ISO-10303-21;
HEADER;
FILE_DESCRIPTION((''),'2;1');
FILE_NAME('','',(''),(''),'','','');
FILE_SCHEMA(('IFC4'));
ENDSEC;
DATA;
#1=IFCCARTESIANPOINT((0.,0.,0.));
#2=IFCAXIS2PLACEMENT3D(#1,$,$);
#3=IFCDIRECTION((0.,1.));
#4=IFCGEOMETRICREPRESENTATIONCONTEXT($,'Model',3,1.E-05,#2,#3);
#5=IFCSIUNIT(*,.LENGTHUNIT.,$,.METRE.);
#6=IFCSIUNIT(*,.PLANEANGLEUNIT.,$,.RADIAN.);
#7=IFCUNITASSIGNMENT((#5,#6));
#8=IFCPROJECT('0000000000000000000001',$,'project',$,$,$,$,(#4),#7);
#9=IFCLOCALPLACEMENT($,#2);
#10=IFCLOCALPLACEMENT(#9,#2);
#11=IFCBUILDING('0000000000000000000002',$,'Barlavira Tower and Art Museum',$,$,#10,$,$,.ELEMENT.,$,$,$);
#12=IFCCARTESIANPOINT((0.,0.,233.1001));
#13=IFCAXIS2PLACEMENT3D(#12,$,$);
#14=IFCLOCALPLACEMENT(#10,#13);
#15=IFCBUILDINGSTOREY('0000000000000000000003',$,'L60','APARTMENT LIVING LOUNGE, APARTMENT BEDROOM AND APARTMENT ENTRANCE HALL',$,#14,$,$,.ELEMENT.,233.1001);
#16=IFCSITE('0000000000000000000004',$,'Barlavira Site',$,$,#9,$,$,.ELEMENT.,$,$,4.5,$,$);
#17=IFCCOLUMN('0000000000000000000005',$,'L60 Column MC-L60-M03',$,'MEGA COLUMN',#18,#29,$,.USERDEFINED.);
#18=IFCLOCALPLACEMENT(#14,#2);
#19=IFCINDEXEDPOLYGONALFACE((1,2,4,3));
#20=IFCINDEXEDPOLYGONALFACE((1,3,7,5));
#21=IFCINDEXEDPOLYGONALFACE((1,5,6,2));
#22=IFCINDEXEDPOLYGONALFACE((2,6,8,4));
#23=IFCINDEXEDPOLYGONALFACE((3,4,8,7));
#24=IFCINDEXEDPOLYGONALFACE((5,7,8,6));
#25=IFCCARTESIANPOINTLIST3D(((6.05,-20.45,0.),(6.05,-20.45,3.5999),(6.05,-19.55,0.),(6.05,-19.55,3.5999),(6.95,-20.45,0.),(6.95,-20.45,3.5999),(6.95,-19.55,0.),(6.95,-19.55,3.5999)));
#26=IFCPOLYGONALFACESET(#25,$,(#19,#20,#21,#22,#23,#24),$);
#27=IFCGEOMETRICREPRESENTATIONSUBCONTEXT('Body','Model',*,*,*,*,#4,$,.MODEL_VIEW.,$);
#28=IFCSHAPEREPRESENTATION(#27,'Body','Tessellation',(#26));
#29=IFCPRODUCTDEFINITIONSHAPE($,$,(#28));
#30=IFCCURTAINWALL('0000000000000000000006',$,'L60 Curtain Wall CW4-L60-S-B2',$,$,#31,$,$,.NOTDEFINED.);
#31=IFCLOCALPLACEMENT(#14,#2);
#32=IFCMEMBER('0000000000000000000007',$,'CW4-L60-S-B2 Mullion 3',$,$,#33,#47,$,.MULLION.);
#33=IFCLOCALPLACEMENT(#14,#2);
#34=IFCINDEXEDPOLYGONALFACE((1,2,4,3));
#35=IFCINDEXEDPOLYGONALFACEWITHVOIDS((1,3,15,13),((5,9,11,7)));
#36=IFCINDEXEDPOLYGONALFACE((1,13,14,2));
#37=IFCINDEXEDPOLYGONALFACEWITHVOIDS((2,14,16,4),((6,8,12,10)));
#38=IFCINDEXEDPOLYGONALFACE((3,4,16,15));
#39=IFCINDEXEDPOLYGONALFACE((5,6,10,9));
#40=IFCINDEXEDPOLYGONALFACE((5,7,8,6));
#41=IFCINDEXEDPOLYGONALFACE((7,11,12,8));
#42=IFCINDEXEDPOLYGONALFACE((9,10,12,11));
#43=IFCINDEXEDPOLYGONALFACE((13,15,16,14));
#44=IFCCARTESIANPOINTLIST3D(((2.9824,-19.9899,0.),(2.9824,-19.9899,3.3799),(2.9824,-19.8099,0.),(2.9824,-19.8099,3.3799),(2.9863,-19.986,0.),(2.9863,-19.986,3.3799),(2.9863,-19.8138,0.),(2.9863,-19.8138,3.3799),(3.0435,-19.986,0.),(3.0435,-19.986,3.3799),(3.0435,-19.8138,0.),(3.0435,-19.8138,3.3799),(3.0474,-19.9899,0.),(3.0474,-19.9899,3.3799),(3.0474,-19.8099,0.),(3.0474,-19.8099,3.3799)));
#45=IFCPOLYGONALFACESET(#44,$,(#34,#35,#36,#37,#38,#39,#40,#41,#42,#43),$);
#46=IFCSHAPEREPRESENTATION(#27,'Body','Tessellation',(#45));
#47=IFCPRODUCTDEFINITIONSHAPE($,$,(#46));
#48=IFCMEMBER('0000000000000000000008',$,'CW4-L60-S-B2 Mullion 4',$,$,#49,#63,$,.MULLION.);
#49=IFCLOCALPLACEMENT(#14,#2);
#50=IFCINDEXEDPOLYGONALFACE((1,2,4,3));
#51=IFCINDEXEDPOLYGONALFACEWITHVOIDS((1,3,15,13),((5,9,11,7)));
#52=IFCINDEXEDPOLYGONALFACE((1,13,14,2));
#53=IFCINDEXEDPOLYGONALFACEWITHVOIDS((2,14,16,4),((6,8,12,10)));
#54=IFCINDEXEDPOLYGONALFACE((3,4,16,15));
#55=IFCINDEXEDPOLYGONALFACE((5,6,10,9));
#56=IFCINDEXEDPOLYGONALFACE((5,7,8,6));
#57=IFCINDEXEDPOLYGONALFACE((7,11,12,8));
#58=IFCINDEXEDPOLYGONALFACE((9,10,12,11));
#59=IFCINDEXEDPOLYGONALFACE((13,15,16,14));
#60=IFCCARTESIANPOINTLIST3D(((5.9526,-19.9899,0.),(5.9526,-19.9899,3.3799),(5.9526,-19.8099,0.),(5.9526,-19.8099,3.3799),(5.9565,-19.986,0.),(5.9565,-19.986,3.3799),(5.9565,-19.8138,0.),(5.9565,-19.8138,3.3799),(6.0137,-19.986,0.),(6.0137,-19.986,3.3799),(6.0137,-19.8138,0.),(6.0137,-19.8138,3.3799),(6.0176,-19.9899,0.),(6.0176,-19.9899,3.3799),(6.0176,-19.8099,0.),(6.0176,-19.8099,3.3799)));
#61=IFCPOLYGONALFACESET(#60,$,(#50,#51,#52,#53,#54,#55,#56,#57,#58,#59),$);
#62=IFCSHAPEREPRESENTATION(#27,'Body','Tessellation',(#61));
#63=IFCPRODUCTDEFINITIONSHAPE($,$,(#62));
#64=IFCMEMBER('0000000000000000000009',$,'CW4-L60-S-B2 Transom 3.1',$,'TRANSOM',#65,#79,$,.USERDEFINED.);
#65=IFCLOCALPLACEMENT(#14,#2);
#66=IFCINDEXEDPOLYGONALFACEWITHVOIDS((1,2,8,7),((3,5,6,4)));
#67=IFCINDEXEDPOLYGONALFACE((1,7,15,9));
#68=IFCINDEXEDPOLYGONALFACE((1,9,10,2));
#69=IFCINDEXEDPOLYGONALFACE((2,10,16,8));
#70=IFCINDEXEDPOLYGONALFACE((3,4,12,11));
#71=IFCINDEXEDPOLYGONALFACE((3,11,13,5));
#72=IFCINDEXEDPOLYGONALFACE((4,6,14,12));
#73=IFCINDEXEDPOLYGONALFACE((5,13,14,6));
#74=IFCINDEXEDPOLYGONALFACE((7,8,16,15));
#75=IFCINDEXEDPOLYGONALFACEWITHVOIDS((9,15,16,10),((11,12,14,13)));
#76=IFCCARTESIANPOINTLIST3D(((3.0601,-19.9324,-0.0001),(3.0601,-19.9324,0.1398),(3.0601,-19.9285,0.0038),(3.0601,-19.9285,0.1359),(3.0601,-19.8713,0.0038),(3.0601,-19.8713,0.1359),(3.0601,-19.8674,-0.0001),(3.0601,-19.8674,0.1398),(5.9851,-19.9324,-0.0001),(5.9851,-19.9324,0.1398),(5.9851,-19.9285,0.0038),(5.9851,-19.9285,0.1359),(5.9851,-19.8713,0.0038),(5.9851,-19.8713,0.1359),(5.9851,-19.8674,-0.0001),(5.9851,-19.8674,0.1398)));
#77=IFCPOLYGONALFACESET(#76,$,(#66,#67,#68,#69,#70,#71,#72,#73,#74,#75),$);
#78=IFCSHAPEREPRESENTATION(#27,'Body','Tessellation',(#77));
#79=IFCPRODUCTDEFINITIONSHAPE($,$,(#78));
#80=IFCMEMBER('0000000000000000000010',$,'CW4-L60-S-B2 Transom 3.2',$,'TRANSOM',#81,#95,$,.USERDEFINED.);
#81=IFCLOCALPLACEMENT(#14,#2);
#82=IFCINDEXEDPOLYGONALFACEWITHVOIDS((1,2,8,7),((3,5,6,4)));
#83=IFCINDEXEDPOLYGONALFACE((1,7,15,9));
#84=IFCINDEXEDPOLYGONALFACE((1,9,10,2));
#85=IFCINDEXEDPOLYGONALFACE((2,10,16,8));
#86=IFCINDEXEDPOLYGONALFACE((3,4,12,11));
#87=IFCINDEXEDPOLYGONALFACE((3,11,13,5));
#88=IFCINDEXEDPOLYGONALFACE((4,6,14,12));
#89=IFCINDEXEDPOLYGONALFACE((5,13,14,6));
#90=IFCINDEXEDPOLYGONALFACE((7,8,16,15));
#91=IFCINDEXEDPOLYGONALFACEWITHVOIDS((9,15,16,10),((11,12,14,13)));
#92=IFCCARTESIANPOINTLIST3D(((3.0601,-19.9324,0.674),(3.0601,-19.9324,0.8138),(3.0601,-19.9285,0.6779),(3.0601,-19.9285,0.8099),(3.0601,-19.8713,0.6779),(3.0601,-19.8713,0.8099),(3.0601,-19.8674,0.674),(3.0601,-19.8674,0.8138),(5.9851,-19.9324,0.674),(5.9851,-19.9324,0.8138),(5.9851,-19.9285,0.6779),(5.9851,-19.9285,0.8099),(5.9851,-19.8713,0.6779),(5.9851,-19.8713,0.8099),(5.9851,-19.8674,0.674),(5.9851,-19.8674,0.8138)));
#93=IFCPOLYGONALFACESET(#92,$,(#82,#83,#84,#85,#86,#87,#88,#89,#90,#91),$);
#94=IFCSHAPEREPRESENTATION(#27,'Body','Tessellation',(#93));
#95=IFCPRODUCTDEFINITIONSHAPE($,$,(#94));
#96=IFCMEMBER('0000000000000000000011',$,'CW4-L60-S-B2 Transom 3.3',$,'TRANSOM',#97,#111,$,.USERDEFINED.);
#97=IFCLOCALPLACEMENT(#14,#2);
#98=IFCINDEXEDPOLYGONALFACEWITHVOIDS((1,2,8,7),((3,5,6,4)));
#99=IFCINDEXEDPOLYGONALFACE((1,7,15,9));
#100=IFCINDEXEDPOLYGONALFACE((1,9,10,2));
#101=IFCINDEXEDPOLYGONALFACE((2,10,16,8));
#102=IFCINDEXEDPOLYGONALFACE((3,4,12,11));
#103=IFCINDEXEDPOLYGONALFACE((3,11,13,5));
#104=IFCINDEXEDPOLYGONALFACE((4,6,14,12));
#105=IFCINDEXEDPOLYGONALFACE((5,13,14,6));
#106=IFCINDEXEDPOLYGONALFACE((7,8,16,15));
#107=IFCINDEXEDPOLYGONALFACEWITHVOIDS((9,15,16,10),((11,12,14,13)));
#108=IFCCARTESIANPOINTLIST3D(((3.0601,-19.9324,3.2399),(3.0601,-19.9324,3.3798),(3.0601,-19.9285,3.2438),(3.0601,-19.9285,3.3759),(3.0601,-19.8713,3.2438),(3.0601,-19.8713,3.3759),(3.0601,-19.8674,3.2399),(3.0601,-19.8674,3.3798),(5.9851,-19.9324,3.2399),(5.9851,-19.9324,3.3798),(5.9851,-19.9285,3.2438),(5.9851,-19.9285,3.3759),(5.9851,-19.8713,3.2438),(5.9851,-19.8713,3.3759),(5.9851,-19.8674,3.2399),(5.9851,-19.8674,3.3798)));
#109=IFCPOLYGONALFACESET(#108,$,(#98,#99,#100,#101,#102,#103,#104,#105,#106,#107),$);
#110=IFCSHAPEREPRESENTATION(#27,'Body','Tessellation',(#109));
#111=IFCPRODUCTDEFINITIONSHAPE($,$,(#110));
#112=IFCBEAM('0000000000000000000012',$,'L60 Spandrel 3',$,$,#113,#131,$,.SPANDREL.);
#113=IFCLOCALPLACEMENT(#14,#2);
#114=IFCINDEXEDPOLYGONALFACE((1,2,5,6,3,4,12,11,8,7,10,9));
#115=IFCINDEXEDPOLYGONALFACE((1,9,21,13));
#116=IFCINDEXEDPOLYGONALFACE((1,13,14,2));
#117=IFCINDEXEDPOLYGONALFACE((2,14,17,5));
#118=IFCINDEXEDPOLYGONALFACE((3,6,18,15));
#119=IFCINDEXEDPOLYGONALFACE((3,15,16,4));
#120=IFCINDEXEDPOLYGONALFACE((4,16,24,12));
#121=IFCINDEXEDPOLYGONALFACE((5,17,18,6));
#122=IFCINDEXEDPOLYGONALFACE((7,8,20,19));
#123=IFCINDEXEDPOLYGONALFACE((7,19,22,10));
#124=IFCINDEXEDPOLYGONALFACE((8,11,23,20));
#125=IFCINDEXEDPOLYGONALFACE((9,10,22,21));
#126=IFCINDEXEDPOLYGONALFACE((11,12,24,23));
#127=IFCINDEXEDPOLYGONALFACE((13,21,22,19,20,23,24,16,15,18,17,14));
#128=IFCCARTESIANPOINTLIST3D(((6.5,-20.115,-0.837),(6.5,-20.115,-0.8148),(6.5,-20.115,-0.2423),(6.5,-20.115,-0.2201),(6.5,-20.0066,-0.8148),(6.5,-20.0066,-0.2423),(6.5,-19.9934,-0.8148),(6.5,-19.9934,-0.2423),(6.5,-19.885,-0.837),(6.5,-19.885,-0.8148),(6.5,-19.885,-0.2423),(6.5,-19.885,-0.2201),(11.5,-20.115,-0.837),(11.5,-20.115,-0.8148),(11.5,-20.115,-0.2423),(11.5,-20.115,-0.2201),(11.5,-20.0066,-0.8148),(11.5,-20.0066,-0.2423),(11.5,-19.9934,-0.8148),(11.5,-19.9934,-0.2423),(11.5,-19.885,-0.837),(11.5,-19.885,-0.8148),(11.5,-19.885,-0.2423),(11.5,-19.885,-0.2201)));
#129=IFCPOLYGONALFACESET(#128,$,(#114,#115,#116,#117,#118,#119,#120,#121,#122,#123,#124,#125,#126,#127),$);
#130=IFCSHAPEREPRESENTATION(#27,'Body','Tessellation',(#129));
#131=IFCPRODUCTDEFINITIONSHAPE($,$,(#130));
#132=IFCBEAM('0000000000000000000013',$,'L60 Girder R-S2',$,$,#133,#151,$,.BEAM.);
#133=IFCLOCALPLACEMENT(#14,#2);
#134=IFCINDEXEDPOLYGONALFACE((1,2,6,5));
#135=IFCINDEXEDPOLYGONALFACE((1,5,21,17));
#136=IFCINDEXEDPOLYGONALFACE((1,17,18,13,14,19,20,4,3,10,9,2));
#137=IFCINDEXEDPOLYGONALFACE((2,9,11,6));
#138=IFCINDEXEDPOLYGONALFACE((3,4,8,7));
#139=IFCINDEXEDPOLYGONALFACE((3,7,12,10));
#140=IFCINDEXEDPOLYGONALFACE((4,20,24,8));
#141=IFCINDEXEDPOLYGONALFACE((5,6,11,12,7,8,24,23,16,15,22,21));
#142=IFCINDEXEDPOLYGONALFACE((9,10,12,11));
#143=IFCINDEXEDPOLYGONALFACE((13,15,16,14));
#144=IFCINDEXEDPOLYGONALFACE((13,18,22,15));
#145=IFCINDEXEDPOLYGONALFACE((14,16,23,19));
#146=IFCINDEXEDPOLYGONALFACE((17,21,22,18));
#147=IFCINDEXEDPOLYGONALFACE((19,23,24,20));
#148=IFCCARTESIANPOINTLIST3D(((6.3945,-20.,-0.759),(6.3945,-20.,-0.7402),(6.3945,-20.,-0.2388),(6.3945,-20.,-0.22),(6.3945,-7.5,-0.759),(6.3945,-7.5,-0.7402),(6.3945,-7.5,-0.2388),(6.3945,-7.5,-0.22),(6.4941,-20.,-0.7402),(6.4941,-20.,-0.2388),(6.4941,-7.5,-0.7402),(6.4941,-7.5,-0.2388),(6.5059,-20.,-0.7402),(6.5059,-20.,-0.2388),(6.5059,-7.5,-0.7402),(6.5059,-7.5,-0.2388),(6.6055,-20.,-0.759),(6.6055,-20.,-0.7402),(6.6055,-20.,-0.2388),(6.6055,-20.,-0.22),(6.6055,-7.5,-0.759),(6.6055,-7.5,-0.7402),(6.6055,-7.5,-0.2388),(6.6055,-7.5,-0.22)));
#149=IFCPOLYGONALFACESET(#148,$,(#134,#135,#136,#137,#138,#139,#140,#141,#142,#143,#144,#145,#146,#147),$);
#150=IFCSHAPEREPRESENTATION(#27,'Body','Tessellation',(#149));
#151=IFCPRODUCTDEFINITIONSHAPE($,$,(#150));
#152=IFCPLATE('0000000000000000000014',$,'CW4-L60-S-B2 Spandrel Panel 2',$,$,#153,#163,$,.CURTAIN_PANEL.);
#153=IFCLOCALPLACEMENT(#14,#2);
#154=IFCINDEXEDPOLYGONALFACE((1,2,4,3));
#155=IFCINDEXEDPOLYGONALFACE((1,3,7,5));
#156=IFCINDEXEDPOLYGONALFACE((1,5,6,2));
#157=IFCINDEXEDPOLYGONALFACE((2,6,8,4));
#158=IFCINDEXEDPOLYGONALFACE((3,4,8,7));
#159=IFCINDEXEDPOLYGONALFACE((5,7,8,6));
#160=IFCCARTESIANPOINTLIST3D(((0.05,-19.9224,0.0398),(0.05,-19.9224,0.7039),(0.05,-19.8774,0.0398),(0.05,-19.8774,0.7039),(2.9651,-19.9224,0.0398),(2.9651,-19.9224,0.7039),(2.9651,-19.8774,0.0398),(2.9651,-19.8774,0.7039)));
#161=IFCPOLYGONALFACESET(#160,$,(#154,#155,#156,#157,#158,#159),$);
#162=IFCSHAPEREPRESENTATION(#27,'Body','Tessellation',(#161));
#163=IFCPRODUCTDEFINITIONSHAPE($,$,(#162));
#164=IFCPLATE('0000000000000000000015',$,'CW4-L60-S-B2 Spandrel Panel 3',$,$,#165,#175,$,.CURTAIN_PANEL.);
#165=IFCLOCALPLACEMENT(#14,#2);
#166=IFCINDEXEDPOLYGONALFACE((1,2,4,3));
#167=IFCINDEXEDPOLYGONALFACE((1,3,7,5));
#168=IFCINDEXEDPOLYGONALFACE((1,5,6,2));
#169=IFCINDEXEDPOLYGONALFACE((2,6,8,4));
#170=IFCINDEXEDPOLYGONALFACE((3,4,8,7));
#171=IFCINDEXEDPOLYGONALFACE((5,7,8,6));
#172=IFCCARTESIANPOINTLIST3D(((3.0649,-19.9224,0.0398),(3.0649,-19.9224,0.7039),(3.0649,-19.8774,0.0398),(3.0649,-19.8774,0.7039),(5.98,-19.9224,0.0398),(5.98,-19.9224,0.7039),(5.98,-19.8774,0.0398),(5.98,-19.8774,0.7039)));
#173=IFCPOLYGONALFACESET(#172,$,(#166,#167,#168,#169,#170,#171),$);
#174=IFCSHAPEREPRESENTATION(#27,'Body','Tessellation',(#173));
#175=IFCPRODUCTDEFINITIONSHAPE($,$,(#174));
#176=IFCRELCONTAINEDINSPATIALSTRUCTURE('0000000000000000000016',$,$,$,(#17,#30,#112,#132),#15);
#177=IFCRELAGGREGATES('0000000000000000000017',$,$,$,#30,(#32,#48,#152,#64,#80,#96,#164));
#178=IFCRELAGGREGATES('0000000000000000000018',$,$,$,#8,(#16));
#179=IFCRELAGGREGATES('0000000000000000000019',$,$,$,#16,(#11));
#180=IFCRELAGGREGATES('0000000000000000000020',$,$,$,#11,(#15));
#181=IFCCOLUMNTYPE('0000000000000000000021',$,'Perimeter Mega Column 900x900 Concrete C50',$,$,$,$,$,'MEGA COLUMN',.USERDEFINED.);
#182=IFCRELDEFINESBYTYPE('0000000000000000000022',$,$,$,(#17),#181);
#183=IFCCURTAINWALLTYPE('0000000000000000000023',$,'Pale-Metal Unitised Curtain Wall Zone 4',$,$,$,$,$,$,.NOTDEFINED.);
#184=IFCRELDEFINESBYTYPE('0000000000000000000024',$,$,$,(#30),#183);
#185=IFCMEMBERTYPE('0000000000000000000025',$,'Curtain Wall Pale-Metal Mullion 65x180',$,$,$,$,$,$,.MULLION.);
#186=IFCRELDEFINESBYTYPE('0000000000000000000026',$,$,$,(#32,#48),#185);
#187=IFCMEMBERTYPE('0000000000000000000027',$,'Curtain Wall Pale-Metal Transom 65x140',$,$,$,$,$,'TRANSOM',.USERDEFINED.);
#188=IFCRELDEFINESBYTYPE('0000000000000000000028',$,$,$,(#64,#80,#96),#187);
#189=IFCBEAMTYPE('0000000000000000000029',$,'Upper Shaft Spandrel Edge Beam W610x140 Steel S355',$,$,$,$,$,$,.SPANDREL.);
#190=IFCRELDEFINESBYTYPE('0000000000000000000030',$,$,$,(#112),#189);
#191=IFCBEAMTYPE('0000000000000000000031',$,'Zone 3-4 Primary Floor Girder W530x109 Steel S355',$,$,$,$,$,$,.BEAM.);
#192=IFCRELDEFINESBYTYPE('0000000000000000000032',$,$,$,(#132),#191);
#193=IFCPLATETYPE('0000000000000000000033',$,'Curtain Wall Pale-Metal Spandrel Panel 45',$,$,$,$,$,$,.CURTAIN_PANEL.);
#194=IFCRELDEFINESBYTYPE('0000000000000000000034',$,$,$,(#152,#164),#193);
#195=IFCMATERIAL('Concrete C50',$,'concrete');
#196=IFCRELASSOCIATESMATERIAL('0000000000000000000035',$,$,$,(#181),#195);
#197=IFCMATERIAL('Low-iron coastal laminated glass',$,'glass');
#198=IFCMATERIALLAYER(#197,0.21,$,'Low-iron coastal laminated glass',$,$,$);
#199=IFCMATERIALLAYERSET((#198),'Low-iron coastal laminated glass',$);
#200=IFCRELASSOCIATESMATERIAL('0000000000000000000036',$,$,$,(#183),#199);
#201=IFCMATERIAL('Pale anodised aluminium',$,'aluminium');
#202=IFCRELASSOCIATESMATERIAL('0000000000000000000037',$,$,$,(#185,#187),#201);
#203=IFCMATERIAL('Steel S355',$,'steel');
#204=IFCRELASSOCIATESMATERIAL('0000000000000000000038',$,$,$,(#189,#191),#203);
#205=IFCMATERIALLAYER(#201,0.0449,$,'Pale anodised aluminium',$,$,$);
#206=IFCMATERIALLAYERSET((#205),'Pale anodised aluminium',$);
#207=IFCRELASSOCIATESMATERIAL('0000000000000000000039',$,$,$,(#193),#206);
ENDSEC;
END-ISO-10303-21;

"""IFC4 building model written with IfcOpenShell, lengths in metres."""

from ifc_helpers import new_model, si_unit, direction, frame, origin, origin_2d, place, context, subcontext, project, spatial, rectangle, hollow_rectangle, i_section, extrude, material, layer, layer_set, material_profile, profile_set, type_object, element, aggregate, save


model = new_model("IFC4")

# Units and contexts
model_context = context("Model", 3, precision=1e-05, world=origin(), true_north=direction((0.0, 1.0)))
body_context = subcontext(model_context, "Body", "Model", "MODEL_VIEW")
ifc_project = project(units=[si_unit("LENGTHUNIT", "METRE"), si_unit("PLANEANGLEUNIT", "RADIAN")], contexts=[model_context])

# Site, building, storey
site_placement = place(None, origin())
site = spatial("IfcSite", under=ifc_project, at=site_placement, Name="Barlavira Site", CompositionType="ELEMENT", RefElevation=4.5)
building_placement = place(site_placement, origin())
building = spatial("IfcBuilding", under=site, at=building_placement, Name="Barlavira Tower and Art Museum", CompositionType="ELEMENT")
storey_placement = place(building_placement, frame((0.0, 0.0, 233.1001)))
storey = spatial("IfcBuildingStorey", under=building, at=storey_placement, Name="L60", Description="APARTMENT LIVING LOUNGE, APARTMENT BEDROOM AND APARTMENT ENTRANCE HALL", CompositionType="ELEMENT", Elevation=233.1001)

# Column
ifc_material_1 = material(Name="Concrete C50", Category="concrete")
ifc_material_profile_1 = material_profile(ifc_material_1, rectangle(XDim=0.8999, YDim=0.8999, at=origin_2d()), Name="RC-COL 900x900")
ifc_profile_set_1 = profile_set([ifc_material_profile_1], Name="Concrete C50")
column_type = type_object("IfcColumnType", Name="Perimeter Mega Column 900x900 Concrete C50", ElementType="MEGA COLUMN", PredefinedType="USERDEFINED", material=ifc_profile_set_1)
column_placement = place(storey_placement, frame((6.5, -20.0, 0.0), z_axis=(0.0, 0.0, 1.0), x_axis=(1.0, 0.0, 0.0)))
element("IfcColumn", 1, at=column_placement, inside=storey, type_object=column_type, Name="L60 Column MC-L60-M03", ObjectType="MEGA COLUMN", PredefinedType="USERDEFINED", context=body_context, shape_type="SweptSolid", body=[
    extrude(rectangle(XDim=0.8999, YDim=0.8999, at=origin_2d()), origin(), (0.0, 0.0, 1.0), 3.5999),
])

# Curtain wall, members
ifc_material_2 = material(Name="Low-iron coastal laminated glass", Category="glass")
ifc_layer_1 = layer(ifc_material_2, 0.21, Name="Low-iron coastal laminated glass")
ifc_layer_set_1 = layer_set([ifc_layer_1], Name="Low-iron coastal laminated glass")
curtain_wall_type = type_object("IfcCurtainWallType", Name="Pale-Metal Unitised Curtain Wall Zone 4", PredefinedType="NOTDEFINED", material=ifc_layer_set_1)
curtain_wall_placement = place(storey_placement, origin())
curtain_wall = element("IfcCurtainWall", 2, at=curtain_wall_placement, inside=storey, type_object=curtain_wall_type, Name="L60 Curtain Wall CW4-L60-S-B2", PredefinedType="NOTDEFINED")
ifc_material_3 = material(Name="Pale anodised aluminium", Category="aluminium")
ifc_material_profile_2 = material_profile(ifc_material_3, hollow_rectangle(XDim=0.0649, YDim=0.1799, WallThickness=0.0039, at=origin_2d()), Name="ALU-MULL 65x180x4")
ifc_profile_set_2 = profile_set([ifc_material_profile_2], Name="Pale anodised aluminium")
member_type_1 = type_object("IfcMemberType", Name="Curtain Wall Pale-Metal Mullion 65x180", PredefinedType="MULLION", material=ifc_profile_set_2)
member_1_placement = place(storey_placement, frame((3.0149, -19.8999, 0.0), z_axis=(0.0, 0.0, 1.0), x_axis=(1.0, 0.0, 0.0)))
member_1 = element("IfcMember", 3, at=member_1_placement, type_object=member_type_1, Name="CW4-L60-S-B2 Mullion 3", PredefinedType="MULLION", context=body_context, shape_type="SweptSolid", body=[
    extrude(hollow_rectangle(XDim=0.0649, YDim=0.1799, WallThickness=0.0039, at=origin_2d()), origin(), (0.0, 0.0, 1.0), 3.3799),
])
member_2_placement = place(storey_placement, frame((5.9851, -19.8999, 0.0), z_axis=(0.0, 0.0, 1.0), x_axis=(1.0, 0.0, 0.0)))
member_2 = element("IfcMember", 4, at=member_2_placement, type_object=member_type_1, Name="CW4-L60-S-B2 Mullion 4", PredefinedType="MULLION", context=body_context, shape_type="SweptSolid", body=[
    extrude(hollow_rectangle(XDim=0.0649, YDim=0.1799, WallThickness=0.0039, at=origin_2d()), origin(), (0.0, 0.0, 1.0), 3.3799),
])
ifc_material_profile_3 = material_profile(ifc_material_3, hollow_rectangle(XDim=0.0649, YDim=0.1399, WallThickness=0.0039, at=origin_2d()), Name="ALU-TRAN 65x140x4")
ifc_profile_set_3 = profile_set([ifc_material_profile_3], Name="Pale anodised aluminium")
member_type_2 = type_object("IfcMemberType", Name="Curtain Wall Pale-Metal Transom 65x140", ElementType="TRANSOM", PredefinedType="USERDEFINED", material=ifc_profile_set_3)
member_3_placement = place(storey_placement, frame((3.0601, -19.8999, 0.0698), z_axis=(1.0, 0.0, 0.0), x_axis=(0.0, 1.0, 0.0)))
member_3 = element("IfcMember", 5, at=member_3_placement, type_object=member_type_2, Name="CW4-L60-S-B2 Transom 3.1", ObjectType="TRANSOM", PredefinedType="USERDEFINED", context=body_context, shape_type="SweptSolid", body=[
    extrude(hollow_rectangle(XDim=0.0649, YDim=0.1399, WallThickness=0.0039, at=origin_2d()), origin(), (0.0, 0.0, 1.0), 2.925),
])
member_4_placement = place(storey_placement, frame((3.0601, -19.8999, 0.7439), z_axis=(1.0, 0.0, 0.0), x_axis=(0.0, 1.0, 0.0)))
member_4 = element("IfcMember", 6, at=member_4_placement, type_object=member_type_2, Name="CW4-L60-S-B2 Transom 3.2", ObjectType="TRANSOM", PredefinedType="USERDEFINED", context=body_context, shape_type="SweptSolid", body=[
    extrude(hollow_rectangle(XDim=0.0649, YDim=0.1399, WallThickness=0.0039, at=origin_2d()), origin(), (0.0, 0.0, 1.0), 2.925),
])
member_5_placement = place(storey_placement, frame((3.0601, -19.8999, 3.3098), z_axis=(1.0, 0.0, 0.0), x_axis=(0.0, 1.0, 0.0)))
member_5 = element("IfcMember", 7, at=member_5_placement, type_object=member_type_2, Name="CW4-L60-S-B2 Transom 3.3", ObjectType="TRANSOM", PredefinedType="USERDEFINED", context=body_context, shape_type="SweptSolid", body=[
    extrude(hollow_rectangle(XDim=0.0649, YDim=0.1399, WallThickness=0.0039, at=origin_2d()), origin(), (0.0, 0.0, 1.0), 2.925),
])

# Beams
ifc_material_4 = material(Name="Steel S355", Category="steel")
ifc_material_profile_4 = material_profile(ifc_material_4, i_section(OverallWidth=0.23, OverallDepth=0.6169, WebThickness=0.0132, FlangeThickness=0.0222, at=origin_2d()), Name="W610x140.0")
ifc_profile_set_4 = profile_set([ifc_material_profile_4], Name="Steel S355")
beam_type_1 = type_object("IfcBeamType", Name="Upper Shaft Spandrel Edge Beam W610x140 Steel S355", PredefinedType="SPANDREL", material=ifc_profile_set_4)
beam_1_placement = place(storey_placement, frame((6.5, -20.0, -0.5286), z_axis=(1.0, 0.0, 0.0), x_axis=(0.0, 1.0, 0.0)))
element("IfcBeam", 8, at=beam_1_placement, inside=storey, type_object=beam_type_1, Name="L60 Spandrel 3", PredefinedType="SPANDREL", context=body_context, shape_type="SweptSolid", body=[
    extrude(i_section(OverallWidth=0.23, OverallDepth=0.6169, WebThickness=0.0132, FlangeThickness=0.0222, at=origin_2d()), origin(), (0.0, 0.0, 1.0), 5.0),
])
ifc_material_profile_5 = material_profile(ifc_material_4, i_section(OverallWidth=0.2109, OverallDepth=0.5391, WebThickness=0.0117, FlangeThickness=0.0188, at=origin_2d()), Name="W530x109.0")
ifc_profile_set_5 = profile_set([ifc_material_profile_5], Name="Steel S355")
beam_type_2 = type_object("IfcBeamType", Name="Zone 3-4 Primary Floor Girder W530x109 Steel S355", PredefinedType="BEAM", material=ifc_profile_set_5)
beam_2_placement = place(storey_placement, frame((6.5, -20.0, -0.4895), z_axis=(0.0, 1.0, 0.0), x_axis=(-1.0, 0.0, 0.0)))
element("IfcBeam", 9, at=beam_2_placement, inside=storey, type_object=beam_type_2, Name="L60 Girder R-S2", PredefinedType="BEAM", context=body_context, shape_type="SweptSolid", body=[
    extrude(i_section(OverallWidth=0.2109, OverallDepth=0.5391, WebThickness=0.0117, FlangeThickness=0.0188, at=origin_2d()), origin(), (0.0, 0.0, 1.0), 12.5),
])

# Plates
ifc_layer_2 = layer(ifc_material_3, 0.0449, Name="Pale anodised aluminium")
ifc_layer_set_2 = layer_set([ifc_layer_2], Name="Pale anodised aluminium")
plate_type_1 = type_object("IfcPlateType", Name="Curtain Wall Pale-Metal Spandrel Panel 45", PredefinedType="CURTAIN_PANEL", material=ifc_layer_set_2)
plate_1_placement = place(storey_placement, frame((1.5076, -19.8999, 0.0398), z_axis=(0.0, 0.0, 1.0), x_axis=(1.0, 0.0, 0.0)))
plate_1 = element("IfcPlate", 10, at=plate_1_placement, type_object=plate_type_1, Name="CW4-L60-S-B2 Spandrel Panel 2", PredefinedType="CURTAIN_PANEL", context=body_context, shape_type="SweptSolid", body=[
    extrude(rectangle(XDim=2.915, YDim=0.0449, at=origin_2d()), origin(), (0.0, 0.0, 1.0), 0.6641),
])
plate_2_placement = place(storey_placement, frame((4.5225, -19.8999, 0.0398), z_axis=(0.0, 0.0, 1.0), x_axis=(1.0, 0.0, 0.0)))
plate_2 = element("IfcPlate", 11, at=plate_2_placement, type_object=plate_type_1, Name="CW4-L60-S-B2 Spandrel Panel 3", PredefinedType="CURTAIN_PANEL", context=body_context, shape_type="SweptSolid", body=[
    extrude(rectangle(XDim=2.915, YDim=0.0449, at=origin_2d()), origin(), (0.0, 0.0, 1.0), 0.6641),
])
aggregate(curtain_wall, [member_1, member_2, plate_1, member_3, member_4, member_5, plate_2])

save(model, "model.ifc")
